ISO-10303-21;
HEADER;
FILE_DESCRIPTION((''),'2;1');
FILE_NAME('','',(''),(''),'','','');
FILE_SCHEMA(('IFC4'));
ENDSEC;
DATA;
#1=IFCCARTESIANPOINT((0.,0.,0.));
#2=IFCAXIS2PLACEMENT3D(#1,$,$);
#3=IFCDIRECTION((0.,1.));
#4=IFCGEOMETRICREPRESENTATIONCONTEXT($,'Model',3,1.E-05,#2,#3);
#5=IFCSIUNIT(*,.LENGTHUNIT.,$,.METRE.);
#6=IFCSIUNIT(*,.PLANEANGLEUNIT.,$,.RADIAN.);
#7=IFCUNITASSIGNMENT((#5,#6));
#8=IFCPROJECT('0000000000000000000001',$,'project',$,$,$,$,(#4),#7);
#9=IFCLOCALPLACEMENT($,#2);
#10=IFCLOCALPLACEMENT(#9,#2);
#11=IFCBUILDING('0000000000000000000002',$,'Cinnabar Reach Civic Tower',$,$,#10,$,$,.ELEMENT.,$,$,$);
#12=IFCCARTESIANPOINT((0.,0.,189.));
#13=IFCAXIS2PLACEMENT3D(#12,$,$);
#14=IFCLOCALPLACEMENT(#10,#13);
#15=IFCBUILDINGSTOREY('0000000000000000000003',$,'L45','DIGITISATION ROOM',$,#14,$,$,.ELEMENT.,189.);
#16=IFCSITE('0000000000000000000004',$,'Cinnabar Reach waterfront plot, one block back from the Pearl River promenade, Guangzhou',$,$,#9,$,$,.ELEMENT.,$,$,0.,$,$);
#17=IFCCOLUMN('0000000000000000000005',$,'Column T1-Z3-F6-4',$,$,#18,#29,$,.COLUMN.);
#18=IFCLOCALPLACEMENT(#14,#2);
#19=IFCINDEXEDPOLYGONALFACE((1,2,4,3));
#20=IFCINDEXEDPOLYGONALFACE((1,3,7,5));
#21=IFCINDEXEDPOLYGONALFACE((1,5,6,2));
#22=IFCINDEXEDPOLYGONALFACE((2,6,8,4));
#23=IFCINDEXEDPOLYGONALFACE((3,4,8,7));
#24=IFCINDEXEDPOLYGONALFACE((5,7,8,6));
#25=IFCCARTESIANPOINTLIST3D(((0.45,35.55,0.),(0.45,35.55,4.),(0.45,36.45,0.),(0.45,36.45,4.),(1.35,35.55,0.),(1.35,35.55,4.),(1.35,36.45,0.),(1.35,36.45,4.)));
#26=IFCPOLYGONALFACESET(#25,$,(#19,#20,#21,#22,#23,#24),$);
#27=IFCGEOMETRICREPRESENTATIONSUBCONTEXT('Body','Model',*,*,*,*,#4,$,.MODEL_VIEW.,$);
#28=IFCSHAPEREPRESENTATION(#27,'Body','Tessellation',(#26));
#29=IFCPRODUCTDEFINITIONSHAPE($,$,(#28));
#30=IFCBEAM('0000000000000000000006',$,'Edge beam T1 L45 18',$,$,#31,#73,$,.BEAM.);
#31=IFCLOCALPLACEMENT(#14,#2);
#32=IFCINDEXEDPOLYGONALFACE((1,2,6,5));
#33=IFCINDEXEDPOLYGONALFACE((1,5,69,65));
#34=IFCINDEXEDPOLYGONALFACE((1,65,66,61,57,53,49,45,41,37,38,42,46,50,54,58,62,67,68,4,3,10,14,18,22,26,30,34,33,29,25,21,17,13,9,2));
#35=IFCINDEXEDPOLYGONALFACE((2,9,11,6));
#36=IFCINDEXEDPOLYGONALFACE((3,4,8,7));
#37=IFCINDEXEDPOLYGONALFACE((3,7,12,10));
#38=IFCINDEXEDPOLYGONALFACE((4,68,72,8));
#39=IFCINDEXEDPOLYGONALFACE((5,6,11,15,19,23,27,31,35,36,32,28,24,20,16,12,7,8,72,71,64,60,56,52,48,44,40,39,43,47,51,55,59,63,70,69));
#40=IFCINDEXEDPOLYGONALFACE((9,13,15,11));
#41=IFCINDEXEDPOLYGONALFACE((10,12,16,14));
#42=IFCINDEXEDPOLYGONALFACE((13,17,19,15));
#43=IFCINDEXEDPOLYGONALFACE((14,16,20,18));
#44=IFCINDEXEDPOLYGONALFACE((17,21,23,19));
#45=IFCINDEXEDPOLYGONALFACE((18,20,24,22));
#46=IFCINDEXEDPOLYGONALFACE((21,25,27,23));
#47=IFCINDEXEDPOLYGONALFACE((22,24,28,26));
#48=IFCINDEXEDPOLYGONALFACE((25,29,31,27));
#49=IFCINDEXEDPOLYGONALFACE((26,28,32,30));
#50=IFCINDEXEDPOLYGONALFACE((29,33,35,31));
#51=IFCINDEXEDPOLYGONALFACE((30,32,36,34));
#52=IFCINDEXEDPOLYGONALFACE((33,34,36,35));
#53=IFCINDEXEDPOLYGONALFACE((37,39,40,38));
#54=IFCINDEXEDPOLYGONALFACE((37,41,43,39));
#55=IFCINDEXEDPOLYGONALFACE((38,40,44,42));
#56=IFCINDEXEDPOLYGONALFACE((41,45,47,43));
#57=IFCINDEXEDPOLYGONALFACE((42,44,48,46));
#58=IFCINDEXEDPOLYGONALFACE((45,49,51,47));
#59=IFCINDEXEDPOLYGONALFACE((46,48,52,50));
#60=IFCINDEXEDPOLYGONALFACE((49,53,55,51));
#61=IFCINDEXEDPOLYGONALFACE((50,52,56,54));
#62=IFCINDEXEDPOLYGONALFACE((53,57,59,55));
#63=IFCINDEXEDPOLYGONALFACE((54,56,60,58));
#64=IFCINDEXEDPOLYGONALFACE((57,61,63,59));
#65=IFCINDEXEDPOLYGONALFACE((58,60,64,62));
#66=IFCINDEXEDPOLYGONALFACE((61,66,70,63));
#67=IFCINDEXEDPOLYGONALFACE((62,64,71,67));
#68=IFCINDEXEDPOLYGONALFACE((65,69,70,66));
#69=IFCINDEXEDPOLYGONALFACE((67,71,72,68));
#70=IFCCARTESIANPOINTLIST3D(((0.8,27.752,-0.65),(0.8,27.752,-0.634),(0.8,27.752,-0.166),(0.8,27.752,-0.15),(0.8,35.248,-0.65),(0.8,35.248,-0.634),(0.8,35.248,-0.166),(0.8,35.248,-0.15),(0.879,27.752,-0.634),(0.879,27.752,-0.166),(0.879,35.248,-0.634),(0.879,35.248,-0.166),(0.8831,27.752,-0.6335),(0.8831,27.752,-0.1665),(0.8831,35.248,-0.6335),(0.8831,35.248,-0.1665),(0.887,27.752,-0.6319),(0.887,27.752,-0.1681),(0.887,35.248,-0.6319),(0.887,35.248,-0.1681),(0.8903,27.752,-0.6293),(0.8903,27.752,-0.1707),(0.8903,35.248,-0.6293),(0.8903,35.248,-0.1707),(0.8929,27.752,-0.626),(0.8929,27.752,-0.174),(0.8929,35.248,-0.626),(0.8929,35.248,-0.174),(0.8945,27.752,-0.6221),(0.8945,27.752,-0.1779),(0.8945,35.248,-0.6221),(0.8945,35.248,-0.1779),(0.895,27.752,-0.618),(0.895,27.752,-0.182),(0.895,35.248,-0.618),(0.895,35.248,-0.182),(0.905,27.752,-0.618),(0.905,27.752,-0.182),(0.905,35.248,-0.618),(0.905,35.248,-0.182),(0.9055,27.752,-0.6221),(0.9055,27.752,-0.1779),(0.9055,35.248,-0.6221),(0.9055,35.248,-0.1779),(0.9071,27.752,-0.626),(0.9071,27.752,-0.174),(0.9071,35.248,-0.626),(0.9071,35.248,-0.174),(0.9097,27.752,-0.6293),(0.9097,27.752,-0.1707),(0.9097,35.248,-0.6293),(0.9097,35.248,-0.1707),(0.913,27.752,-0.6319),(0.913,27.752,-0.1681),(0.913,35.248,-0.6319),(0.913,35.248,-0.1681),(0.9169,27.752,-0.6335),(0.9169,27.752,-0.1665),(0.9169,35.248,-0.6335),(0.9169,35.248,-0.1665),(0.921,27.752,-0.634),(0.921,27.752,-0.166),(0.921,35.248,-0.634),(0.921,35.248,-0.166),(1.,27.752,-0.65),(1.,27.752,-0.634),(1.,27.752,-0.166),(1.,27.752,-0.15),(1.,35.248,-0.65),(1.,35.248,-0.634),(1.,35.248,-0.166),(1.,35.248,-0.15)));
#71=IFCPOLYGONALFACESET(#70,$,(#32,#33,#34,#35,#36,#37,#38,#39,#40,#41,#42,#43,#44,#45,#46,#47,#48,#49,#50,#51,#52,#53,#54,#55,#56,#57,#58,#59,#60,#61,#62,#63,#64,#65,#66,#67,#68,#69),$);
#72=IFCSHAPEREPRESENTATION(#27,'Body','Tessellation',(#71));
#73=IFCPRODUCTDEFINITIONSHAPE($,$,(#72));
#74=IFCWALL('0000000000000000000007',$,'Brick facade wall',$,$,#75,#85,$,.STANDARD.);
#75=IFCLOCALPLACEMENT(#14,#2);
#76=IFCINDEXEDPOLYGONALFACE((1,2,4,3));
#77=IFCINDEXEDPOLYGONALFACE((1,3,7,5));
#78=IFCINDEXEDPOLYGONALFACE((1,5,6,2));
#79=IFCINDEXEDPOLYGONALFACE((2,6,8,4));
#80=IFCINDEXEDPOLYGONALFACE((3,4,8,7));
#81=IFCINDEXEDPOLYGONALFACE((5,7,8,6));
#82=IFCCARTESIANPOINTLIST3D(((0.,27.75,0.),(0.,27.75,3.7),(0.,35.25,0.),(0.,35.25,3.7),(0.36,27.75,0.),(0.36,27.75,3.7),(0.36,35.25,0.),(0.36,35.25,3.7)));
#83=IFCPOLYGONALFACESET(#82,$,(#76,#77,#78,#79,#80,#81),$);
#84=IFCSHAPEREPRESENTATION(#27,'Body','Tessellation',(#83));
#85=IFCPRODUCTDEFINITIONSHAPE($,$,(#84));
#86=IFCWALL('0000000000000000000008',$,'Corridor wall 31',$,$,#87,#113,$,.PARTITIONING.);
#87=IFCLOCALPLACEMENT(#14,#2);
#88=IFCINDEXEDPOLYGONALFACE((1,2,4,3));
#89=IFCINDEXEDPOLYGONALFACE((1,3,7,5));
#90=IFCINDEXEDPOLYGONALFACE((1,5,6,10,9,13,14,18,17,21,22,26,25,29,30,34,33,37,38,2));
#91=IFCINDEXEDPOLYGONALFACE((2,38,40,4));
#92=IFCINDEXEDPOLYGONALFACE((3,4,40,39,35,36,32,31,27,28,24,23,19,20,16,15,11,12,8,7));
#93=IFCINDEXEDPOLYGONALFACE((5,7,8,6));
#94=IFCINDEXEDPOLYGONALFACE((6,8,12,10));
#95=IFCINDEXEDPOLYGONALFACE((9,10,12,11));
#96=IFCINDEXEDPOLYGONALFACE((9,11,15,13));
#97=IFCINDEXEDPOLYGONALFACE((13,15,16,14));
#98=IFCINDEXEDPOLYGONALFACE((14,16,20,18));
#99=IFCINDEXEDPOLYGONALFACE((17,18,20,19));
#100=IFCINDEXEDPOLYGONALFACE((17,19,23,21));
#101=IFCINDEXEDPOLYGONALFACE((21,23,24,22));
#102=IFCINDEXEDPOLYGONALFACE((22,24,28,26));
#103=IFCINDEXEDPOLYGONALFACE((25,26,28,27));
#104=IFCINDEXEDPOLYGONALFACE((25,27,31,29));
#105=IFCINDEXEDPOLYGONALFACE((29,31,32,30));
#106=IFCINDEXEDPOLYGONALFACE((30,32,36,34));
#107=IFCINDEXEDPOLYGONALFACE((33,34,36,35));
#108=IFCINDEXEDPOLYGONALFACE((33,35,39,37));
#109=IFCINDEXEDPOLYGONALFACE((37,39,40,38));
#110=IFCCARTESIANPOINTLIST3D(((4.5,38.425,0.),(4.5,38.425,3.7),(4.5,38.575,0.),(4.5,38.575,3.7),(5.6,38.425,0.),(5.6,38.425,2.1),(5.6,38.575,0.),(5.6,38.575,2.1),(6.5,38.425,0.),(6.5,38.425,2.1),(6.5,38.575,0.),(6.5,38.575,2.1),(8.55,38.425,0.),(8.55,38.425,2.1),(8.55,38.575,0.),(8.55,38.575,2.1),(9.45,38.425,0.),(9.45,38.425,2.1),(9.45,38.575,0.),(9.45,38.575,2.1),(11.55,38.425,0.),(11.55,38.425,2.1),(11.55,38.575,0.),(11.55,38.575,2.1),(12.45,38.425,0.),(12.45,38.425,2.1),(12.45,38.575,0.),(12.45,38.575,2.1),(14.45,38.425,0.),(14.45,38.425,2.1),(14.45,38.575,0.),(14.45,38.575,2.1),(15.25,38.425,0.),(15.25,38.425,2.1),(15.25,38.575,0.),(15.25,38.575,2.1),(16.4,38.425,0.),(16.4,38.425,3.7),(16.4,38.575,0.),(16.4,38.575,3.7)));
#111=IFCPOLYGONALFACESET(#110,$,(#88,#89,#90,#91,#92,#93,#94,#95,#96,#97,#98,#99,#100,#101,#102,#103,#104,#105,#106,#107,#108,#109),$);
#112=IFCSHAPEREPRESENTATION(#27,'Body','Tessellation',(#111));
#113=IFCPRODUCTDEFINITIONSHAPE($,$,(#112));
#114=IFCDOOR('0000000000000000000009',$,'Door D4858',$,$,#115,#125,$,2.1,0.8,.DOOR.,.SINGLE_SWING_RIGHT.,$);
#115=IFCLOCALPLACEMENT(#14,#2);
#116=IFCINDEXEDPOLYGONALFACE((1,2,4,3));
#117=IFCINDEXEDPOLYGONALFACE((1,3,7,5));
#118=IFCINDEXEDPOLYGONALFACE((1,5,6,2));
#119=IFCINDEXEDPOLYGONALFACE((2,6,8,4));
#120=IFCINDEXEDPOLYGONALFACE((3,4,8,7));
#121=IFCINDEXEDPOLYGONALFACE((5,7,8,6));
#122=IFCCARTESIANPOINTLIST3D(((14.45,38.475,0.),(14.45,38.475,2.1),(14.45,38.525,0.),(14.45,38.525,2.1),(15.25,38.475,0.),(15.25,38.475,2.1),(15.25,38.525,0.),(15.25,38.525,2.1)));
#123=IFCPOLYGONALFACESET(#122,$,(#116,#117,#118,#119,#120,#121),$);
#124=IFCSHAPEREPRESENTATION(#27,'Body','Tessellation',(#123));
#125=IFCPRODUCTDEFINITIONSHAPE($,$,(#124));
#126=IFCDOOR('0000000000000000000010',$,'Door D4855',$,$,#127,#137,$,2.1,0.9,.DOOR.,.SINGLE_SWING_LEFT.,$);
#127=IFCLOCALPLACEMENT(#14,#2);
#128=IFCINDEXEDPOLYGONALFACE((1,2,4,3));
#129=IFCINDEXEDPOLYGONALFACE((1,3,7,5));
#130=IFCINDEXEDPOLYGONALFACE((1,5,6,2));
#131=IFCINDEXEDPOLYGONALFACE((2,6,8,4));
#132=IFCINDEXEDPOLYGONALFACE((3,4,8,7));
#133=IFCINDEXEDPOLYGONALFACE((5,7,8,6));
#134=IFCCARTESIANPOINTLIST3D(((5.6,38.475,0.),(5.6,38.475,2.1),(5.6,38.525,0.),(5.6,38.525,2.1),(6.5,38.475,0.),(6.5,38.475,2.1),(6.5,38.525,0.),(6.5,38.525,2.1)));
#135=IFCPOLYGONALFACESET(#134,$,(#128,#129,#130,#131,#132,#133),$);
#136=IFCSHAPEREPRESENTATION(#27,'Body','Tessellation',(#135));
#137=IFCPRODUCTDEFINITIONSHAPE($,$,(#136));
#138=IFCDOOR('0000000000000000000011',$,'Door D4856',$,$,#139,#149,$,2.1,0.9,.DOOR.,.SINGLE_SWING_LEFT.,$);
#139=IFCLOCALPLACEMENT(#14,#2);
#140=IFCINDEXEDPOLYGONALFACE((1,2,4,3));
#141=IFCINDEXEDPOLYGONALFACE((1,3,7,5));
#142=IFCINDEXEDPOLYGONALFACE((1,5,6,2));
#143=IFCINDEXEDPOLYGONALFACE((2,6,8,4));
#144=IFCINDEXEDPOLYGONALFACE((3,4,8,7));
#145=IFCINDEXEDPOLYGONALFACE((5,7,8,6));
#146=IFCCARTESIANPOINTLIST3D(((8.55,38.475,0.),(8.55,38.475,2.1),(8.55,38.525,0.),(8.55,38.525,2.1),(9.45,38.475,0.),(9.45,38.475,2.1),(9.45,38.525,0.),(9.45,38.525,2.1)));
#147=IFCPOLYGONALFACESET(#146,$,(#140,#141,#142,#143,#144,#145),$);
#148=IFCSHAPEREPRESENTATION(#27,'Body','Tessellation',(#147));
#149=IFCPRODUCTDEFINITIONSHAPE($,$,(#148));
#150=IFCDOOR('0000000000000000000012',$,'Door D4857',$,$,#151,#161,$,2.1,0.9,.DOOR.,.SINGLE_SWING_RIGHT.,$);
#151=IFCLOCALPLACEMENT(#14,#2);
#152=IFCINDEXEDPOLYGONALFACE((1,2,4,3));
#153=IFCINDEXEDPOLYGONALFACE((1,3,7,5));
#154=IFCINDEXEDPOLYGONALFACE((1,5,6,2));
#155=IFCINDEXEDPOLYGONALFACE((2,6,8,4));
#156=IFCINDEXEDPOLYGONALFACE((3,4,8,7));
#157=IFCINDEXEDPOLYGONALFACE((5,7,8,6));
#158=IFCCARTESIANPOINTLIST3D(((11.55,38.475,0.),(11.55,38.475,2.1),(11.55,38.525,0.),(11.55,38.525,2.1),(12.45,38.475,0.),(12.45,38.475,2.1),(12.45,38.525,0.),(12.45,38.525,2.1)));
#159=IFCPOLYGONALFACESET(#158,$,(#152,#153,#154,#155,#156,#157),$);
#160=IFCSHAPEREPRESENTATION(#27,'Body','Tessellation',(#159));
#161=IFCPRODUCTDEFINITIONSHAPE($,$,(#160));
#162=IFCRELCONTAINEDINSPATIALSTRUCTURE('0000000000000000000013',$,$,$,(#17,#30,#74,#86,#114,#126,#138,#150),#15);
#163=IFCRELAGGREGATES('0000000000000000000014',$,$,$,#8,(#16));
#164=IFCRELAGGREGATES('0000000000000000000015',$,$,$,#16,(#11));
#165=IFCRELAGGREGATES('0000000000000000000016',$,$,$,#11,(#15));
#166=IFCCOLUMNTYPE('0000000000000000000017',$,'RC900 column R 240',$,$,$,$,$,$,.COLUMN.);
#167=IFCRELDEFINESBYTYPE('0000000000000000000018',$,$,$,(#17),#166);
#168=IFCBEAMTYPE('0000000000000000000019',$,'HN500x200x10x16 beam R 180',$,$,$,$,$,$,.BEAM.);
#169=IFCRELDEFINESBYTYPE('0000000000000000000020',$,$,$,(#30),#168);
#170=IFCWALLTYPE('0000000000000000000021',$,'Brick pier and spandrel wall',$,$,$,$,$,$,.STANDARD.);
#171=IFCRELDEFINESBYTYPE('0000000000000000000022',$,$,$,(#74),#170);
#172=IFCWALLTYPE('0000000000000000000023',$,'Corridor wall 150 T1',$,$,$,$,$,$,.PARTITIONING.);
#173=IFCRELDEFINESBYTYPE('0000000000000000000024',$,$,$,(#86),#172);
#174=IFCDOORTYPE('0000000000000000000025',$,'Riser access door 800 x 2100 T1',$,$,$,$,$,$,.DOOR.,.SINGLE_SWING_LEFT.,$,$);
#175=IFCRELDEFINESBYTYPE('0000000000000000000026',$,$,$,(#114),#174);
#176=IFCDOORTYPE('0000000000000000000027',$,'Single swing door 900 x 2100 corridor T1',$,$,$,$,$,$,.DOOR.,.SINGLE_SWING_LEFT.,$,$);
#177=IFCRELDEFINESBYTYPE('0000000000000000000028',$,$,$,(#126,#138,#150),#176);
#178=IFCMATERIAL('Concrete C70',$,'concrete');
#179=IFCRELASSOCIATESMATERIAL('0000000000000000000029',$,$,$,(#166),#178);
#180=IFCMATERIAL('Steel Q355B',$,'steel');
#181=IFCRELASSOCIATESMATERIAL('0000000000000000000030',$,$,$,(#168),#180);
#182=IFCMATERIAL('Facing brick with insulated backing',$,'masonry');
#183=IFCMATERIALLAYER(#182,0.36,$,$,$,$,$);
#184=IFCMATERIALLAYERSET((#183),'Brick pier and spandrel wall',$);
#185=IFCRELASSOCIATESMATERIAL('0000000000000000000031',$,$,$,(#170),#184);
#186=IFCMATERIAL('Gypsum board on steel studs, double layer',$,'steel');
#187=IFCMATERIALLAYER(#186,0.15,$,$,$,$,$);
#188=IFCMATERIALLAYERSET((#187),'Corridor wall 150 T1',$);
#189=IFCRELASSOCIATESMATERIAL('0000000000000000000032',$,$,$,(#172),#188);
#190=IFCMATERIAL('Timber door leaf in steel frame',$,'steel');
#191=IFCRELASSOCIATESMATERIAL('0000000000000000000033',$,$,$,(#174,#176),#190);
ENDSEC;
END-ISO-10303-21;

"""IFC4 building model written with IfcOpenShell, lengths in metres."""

from ifc_helpers import new_model, si_unit, direction, frame, frame_2d, origin, origin_2d, place, context, subcontext, project, spatial, rectangle, i_section, extrude, material, layer, layer_set, material_profile, profile_set, type_object, element, fill, save


model = new_model("IFC4")

# Units and contexts
model_context = context("Model", 3, precision=1e-05, world=origin(), true_north=direction((0.0, 1.0)))
body_context = subcontext(model_context, "Body", "Model", "MODEL_VIEW")
ifc_project = project(units=[si_unit("LENGTHUNIT", "METRE"), si_unit("PLANEANGLEUNIT", "RADIAN")], contexts=[model_context])

# Site, building, storey
site_placement = place(None, origin())
site = spatial("IfcSite", under=ifc_project, at=site_placement, Name="Cinnabar Reach waterfront plot, one block back from the Pearl River promenade, Guangzhou", CompositionType="ELEMENT", RefElevation=0.0)
building_placement = place(site_placement, origin())
building = spatial("IfcBuilding", under=site, at=building_placement, Name="Cinnabar Reach Civic Tower", CompositionType="ELEMENT")
storey_placement = place(building_placement, frame((0.0, 0.0, 189.0)))
storey = spatial("IfcBuildingStorey", under=building, at=storey_placement, Name="L45", Description="DIGITISATION ROOM", CompositionType="ELEMENT", Elevation=189.0)

# Column
ifc_material_1 = material(Name="Concrete C70", Category="concrete")
ifc_material_profile_1 = material_profile(ifc_material_1, rectangle(XDim=0.9, YDim=0.9, at=origin_2d()), Name="RC900")
ifc_profile_set_1 = profile_set([ifc_material_profile_1], Name="Concrete C70")
column_type = type_object("IfcColumnType", Name="RC900 column R 240", PredefinedType="COLUMN", material=ifc_profile_set_1)
column_placement = place(storey_placement, frame((0.9, 36.0, 0.0), z_axis=(0.0, 0.0, 1.0), x_axis=(1.0, 0.0, 0.0)))
element("IfcColumn", 1, at=column_placement, inside=storey, type_object=column_type, Name="Column T1-Z3-F6-4", PredefinedType="COLUMN", context=body_context, shape_type="SweptSolid", body=[
    extrude(rectangle(XDim=0.9, YDim=0.9, at=origin_2d()), origin(), (0.0, 0.0, 1.0), 4.0),
])

# Beam
ifc_material_2 = material(Name="Steel Q355B", Category="steel")
ifc_material_profile_2 = material_profile(ifc_material_2, i_section(OverallWidth=0.2, OverallDepth=0.5, WebThickness=0.01, FlangeThickness=0.016, FilletRadius=0.016, at=origin_2d()), Name="HN500x200x10x16")
ifc_profile_set_2 = profile_set([ifc_material_profile_2], Name="Steel Q355B")
beam_type = type_object("IfcBeamType", Name="HN500x200x10x16 beam R 180", PredefinedType="BEAM", material=ifc_profile_set_2)
beam_placement = place(storey_placement, frame((0.9, 35.248, -0.4), z_axis=(0.0, -1.0, 0.0), x_axis=(1.0, 0.0, 0.0)))
element("IfcBeam", 2, at=beam_placement, inside=storey, type_object=beam_type, Name="Edge beam T1 L45 18", PredefinedType="BEAM", context=body_context, shape_type="SweptSolid", body=[
    extrude(i_section(OverallWidth=0.2, OverallDepth=0.5, WebThickness=0.01, FlangeThickness=0.016, FilletRadius=0.016, at=origin_2d()), origin(), (0.0, 0.0, 1.0), 7.496),
])

# Wall
ifc_material_3 = material(Name="Facing brick with insulated backing", Category="masonry")
ifc_layer_1 = layer(ifc_material_3, 0.36)
ifc_layer_set_1 = layer_set([ifc_layer_1], Name="Brick pier and spandrel wall")
wall_type_1 = type_object("IfcWallType", Name="Brick pier and spandrel wall", PredefinedType="STANDARD", material=ifc_layer_set_1)
wall_1_placement = place(storey_placement, frame((0.18, 35.25, 0.0), z_axis=(0.0, 0.0, 1.0), x_axis=(0.0, -1.0, 0.0)))
element("IfcWall", 3, at=wall_1_placement, inside=storey, type_object=wall_type_1, Name="Brick facade wall", PredefinedType="STANDARD", context=body_context, shape_type="SweptSolid", body=[
    extrude(rectangle(XDim=7.5, YDim=0.36, at=frame_2d((3.75, 0.0))), origin(), (0.0, 0.0, 1.0), 3.7),
])

# Wall, openings, doors
ifc_material_4 = material(Name="Gypsum board on steel studs, double layer", Category="steel")
ifc_layer_2 = layer(ifc_material_4, 0.15)
ifc_layer_set_2 = layer_set([ifc_layer_2], Name="Corridor wall 150 T1")
wall_type_2 = type_object("IfcWallType", Name="Corridor wall 150 T1", PredefinedType="PARTITIONING", material=ifc_layer_set_2)
wall_2_placement = place(storey_placement, frame((4.5, 38.5, 0.0), z_axis=(0.0, 0.0, 1.0), x_axis=(1.0, 0.0, 0.0)))
wall_2 = element("IfcWall", 4, at=wall_2_placement, inside=storey, type_object=wall_type_2, Name="Corridor wall 31", PredefinedType="PARTITIONING", context=body_context, shape_type="SweptSolid", body=[
    extrude(rectangle(XDim=11.9, YDim=0.15, at=frame_2d((5.95, 0.0))), origin(), (0.0, 0.0, 1.0), 3.7),
])
opening_1_placement = place(wall_2_placement, frame((1.1, 0.0, 0.0)))
opening_1 = element("IfcOpeningElement", 5, at=opening_1_placement, cuts=wall_2, PredefinedType="OPENING", context=body_context, shape_type="SweptSolid", body=[
    extrude(rectangle(XDim=0.9, YDim=2.1, at=frame_2d((0.45, 1.05))), frame((0.0, 0.085, 0.0), z_axis=(0.0, -1.0, 0.0), x_axis=(1.0, 0.0, 0.0)), (0.0, 0.0, 1.0), 0.17),
])
opening_2_placement = place(wall_2_placement, frame((4.05, 0.0, 0.0)))
opening_2 = element("IfcOpeningElement", 6, at=opening_2_placement, cuts=wall_2, PredefinedType="OPENING", context=body_context, shape_type="SweptSolid", body=[
    extrude(rectangle(XDim=0.9, YDim=2.1, at=frame_2d((0.45, 1.05))), frame((0.0, 0.085, 0.0), z_axis=(0.0, -1.0, 0.0), x_axis=(1.0, 0.0, 0.0)), (0.0, 0.0, 1.0), 0.17),
])
opening_3_placement = place(wall_2_placement, frame((7.05, 0.0, 0.0)))
opening_3 = element("IfcOpeningElement", 7, at=opening_3_placement, cuts=wall_2, PredefinedType="OPENING", context=body_context, shape_type="SweptSolid", body=[
    extrude(rectangle(XDim=0.9, YDim=2.1, at=frame_2d((0.45, 1.05))), frame((0.0, 0.085, 0.0), z_axis=(0.0, -1.0, 0.0), x_axis=(1.0, 0.0, 0.0)), (0.0, 0.0, 1.0), 0.17),
])
opening_4_placement = place(wall_2_placement, frame((9.95, 0.0, 0.0)))
opening_4 = element("IfcOpeningElement", 8, at=opening_4_placement, cuts=wall_2, PredefinedType="OPENING", context=body_context, shape_type="SweptSolid", body=[
    extrude(rectangle(XDim=0.8, YDim=2.1, at=frame_2d((0.4, 1.05))), frame((0.0, 0.085, 0.0), z_axis=(0.0, -1.0, 0.0), x_axis=(1.0, 0.0, 0.0)), (0.0, 0.0, 1.0), 0.17),
])
ifc_material_5 = material(Name="Timber door leaf in steel frame", Category="steel")
door_type_1 = type_object("IfcDoorType", Name="Riser access door 800 x 2100 T1", OperationType="SINGLE_SWING_LEFT", PredefinedType="DOOR", material=ifc_material_5)
door_1_placement = place(opening_4_placement, origin())
door_1 = element("IfcDoor", 9, at=door_1_placement, inside=storey, type_object=door_type_1, Name="Door D4858", OperationType="SINGLE_SWING_RIGHT", OverallHeight=2.1, OverallWidth=0.8, PredefinedType="DOOR", context=body_context, shape_type="SweptSolid", body=[
    extrude(rectangle(XDim=0.8, YDim=2.1, at=frame_2d((0.4, 1.05))), frame((0.0, 0.025, 0.0), z_axis=(0.0, -1.0, 0.0), x_axis=(1.0, 0.0, 0.0)), (0.0, 0.0, 1.0), 0.05),
])
fill(opening_4, door_1)
door_type_2 = type_object("IfcDoorType", Name="Single swing door 900 x 2100 corridor T1", OperationType="SINGLE_SWING_LEFT", PredefinedType="DOOR", material=ifc_material_5)
door_2_placement = place(opening_1_placement, origin())
door_2 = element("IfcDoor", 10, at=door_2_placement, inside=storey, type_object=door_type_2, Name="Door D4855", OperationType="SINGLE_SWING_LEFT", OverallHeight=2.1, OverallWidth=0.9, PredefinedType="DOOR", context=body_context, shape_type="SweptSolid", body=[
    extrude(rectangle(XDim=0.9, YDim=2.1, at=frame_2d((0.45, 1.05))), frame((0.0, 0.025, 0.0), z_axis=(0.0, -1.0, 0.0), x_axis=(1.0, 0.0, 0.0)), (0.0, 0.0, 1.0), 0.05),
])
fill(opening_1, door_2)
door_3_placement = place(opening_2_placement, origin())
door_3 = element("IfcDoor", 11, at=door_3_placement, inside=storey, type_object=door_type_2, Name="Door D4856", OperationType="SINGLE_SWING_LEFT", OverallHeight=2.1, OverallWidth=0.9, PredefinedType="DOOR", context=body_context, shape_type="SweptSolid", body=[
    extrude(rectangle(XDim=0.9, YDim=2.1, at=frame_2d((0.45, 1.05))), frame((0.0, 0.025, 0.0), z_axis=(0.0, -1.0, 0.0), x_axis=(1.0, 0.0, 0.0)), (0.0, 0.0, 1.0), 0.05),
])
fill(opening_2, door_3)
door_4_placement = place(opening_3_placement, origin())
door_4 = element("IfcDoor", 12, at=door_4_placement, inside=storey, type_object=door_type_2, Name="Door D4857", OperationType="SINGLE_SWING_RIGHT", OverallHeight=2.1, OverallWidth=0.9, PredefinedType="DOOR", context=body_context, shape_type="SweptSolid", body=[
    extrude(rectangle(XDim=0.9, YDim=2.1, at=frame_2d((0.45, 1.05))), frame((0.0, 0.025, 0.0), z_axis=(0.0, -1.0, 0.0), x_axis=(1.0, 0.0, 0.0)), (0.0, 0.0, 1.0), 0.05),
])
fill(opening_3, door_4)

save(model, "model.ifc")
